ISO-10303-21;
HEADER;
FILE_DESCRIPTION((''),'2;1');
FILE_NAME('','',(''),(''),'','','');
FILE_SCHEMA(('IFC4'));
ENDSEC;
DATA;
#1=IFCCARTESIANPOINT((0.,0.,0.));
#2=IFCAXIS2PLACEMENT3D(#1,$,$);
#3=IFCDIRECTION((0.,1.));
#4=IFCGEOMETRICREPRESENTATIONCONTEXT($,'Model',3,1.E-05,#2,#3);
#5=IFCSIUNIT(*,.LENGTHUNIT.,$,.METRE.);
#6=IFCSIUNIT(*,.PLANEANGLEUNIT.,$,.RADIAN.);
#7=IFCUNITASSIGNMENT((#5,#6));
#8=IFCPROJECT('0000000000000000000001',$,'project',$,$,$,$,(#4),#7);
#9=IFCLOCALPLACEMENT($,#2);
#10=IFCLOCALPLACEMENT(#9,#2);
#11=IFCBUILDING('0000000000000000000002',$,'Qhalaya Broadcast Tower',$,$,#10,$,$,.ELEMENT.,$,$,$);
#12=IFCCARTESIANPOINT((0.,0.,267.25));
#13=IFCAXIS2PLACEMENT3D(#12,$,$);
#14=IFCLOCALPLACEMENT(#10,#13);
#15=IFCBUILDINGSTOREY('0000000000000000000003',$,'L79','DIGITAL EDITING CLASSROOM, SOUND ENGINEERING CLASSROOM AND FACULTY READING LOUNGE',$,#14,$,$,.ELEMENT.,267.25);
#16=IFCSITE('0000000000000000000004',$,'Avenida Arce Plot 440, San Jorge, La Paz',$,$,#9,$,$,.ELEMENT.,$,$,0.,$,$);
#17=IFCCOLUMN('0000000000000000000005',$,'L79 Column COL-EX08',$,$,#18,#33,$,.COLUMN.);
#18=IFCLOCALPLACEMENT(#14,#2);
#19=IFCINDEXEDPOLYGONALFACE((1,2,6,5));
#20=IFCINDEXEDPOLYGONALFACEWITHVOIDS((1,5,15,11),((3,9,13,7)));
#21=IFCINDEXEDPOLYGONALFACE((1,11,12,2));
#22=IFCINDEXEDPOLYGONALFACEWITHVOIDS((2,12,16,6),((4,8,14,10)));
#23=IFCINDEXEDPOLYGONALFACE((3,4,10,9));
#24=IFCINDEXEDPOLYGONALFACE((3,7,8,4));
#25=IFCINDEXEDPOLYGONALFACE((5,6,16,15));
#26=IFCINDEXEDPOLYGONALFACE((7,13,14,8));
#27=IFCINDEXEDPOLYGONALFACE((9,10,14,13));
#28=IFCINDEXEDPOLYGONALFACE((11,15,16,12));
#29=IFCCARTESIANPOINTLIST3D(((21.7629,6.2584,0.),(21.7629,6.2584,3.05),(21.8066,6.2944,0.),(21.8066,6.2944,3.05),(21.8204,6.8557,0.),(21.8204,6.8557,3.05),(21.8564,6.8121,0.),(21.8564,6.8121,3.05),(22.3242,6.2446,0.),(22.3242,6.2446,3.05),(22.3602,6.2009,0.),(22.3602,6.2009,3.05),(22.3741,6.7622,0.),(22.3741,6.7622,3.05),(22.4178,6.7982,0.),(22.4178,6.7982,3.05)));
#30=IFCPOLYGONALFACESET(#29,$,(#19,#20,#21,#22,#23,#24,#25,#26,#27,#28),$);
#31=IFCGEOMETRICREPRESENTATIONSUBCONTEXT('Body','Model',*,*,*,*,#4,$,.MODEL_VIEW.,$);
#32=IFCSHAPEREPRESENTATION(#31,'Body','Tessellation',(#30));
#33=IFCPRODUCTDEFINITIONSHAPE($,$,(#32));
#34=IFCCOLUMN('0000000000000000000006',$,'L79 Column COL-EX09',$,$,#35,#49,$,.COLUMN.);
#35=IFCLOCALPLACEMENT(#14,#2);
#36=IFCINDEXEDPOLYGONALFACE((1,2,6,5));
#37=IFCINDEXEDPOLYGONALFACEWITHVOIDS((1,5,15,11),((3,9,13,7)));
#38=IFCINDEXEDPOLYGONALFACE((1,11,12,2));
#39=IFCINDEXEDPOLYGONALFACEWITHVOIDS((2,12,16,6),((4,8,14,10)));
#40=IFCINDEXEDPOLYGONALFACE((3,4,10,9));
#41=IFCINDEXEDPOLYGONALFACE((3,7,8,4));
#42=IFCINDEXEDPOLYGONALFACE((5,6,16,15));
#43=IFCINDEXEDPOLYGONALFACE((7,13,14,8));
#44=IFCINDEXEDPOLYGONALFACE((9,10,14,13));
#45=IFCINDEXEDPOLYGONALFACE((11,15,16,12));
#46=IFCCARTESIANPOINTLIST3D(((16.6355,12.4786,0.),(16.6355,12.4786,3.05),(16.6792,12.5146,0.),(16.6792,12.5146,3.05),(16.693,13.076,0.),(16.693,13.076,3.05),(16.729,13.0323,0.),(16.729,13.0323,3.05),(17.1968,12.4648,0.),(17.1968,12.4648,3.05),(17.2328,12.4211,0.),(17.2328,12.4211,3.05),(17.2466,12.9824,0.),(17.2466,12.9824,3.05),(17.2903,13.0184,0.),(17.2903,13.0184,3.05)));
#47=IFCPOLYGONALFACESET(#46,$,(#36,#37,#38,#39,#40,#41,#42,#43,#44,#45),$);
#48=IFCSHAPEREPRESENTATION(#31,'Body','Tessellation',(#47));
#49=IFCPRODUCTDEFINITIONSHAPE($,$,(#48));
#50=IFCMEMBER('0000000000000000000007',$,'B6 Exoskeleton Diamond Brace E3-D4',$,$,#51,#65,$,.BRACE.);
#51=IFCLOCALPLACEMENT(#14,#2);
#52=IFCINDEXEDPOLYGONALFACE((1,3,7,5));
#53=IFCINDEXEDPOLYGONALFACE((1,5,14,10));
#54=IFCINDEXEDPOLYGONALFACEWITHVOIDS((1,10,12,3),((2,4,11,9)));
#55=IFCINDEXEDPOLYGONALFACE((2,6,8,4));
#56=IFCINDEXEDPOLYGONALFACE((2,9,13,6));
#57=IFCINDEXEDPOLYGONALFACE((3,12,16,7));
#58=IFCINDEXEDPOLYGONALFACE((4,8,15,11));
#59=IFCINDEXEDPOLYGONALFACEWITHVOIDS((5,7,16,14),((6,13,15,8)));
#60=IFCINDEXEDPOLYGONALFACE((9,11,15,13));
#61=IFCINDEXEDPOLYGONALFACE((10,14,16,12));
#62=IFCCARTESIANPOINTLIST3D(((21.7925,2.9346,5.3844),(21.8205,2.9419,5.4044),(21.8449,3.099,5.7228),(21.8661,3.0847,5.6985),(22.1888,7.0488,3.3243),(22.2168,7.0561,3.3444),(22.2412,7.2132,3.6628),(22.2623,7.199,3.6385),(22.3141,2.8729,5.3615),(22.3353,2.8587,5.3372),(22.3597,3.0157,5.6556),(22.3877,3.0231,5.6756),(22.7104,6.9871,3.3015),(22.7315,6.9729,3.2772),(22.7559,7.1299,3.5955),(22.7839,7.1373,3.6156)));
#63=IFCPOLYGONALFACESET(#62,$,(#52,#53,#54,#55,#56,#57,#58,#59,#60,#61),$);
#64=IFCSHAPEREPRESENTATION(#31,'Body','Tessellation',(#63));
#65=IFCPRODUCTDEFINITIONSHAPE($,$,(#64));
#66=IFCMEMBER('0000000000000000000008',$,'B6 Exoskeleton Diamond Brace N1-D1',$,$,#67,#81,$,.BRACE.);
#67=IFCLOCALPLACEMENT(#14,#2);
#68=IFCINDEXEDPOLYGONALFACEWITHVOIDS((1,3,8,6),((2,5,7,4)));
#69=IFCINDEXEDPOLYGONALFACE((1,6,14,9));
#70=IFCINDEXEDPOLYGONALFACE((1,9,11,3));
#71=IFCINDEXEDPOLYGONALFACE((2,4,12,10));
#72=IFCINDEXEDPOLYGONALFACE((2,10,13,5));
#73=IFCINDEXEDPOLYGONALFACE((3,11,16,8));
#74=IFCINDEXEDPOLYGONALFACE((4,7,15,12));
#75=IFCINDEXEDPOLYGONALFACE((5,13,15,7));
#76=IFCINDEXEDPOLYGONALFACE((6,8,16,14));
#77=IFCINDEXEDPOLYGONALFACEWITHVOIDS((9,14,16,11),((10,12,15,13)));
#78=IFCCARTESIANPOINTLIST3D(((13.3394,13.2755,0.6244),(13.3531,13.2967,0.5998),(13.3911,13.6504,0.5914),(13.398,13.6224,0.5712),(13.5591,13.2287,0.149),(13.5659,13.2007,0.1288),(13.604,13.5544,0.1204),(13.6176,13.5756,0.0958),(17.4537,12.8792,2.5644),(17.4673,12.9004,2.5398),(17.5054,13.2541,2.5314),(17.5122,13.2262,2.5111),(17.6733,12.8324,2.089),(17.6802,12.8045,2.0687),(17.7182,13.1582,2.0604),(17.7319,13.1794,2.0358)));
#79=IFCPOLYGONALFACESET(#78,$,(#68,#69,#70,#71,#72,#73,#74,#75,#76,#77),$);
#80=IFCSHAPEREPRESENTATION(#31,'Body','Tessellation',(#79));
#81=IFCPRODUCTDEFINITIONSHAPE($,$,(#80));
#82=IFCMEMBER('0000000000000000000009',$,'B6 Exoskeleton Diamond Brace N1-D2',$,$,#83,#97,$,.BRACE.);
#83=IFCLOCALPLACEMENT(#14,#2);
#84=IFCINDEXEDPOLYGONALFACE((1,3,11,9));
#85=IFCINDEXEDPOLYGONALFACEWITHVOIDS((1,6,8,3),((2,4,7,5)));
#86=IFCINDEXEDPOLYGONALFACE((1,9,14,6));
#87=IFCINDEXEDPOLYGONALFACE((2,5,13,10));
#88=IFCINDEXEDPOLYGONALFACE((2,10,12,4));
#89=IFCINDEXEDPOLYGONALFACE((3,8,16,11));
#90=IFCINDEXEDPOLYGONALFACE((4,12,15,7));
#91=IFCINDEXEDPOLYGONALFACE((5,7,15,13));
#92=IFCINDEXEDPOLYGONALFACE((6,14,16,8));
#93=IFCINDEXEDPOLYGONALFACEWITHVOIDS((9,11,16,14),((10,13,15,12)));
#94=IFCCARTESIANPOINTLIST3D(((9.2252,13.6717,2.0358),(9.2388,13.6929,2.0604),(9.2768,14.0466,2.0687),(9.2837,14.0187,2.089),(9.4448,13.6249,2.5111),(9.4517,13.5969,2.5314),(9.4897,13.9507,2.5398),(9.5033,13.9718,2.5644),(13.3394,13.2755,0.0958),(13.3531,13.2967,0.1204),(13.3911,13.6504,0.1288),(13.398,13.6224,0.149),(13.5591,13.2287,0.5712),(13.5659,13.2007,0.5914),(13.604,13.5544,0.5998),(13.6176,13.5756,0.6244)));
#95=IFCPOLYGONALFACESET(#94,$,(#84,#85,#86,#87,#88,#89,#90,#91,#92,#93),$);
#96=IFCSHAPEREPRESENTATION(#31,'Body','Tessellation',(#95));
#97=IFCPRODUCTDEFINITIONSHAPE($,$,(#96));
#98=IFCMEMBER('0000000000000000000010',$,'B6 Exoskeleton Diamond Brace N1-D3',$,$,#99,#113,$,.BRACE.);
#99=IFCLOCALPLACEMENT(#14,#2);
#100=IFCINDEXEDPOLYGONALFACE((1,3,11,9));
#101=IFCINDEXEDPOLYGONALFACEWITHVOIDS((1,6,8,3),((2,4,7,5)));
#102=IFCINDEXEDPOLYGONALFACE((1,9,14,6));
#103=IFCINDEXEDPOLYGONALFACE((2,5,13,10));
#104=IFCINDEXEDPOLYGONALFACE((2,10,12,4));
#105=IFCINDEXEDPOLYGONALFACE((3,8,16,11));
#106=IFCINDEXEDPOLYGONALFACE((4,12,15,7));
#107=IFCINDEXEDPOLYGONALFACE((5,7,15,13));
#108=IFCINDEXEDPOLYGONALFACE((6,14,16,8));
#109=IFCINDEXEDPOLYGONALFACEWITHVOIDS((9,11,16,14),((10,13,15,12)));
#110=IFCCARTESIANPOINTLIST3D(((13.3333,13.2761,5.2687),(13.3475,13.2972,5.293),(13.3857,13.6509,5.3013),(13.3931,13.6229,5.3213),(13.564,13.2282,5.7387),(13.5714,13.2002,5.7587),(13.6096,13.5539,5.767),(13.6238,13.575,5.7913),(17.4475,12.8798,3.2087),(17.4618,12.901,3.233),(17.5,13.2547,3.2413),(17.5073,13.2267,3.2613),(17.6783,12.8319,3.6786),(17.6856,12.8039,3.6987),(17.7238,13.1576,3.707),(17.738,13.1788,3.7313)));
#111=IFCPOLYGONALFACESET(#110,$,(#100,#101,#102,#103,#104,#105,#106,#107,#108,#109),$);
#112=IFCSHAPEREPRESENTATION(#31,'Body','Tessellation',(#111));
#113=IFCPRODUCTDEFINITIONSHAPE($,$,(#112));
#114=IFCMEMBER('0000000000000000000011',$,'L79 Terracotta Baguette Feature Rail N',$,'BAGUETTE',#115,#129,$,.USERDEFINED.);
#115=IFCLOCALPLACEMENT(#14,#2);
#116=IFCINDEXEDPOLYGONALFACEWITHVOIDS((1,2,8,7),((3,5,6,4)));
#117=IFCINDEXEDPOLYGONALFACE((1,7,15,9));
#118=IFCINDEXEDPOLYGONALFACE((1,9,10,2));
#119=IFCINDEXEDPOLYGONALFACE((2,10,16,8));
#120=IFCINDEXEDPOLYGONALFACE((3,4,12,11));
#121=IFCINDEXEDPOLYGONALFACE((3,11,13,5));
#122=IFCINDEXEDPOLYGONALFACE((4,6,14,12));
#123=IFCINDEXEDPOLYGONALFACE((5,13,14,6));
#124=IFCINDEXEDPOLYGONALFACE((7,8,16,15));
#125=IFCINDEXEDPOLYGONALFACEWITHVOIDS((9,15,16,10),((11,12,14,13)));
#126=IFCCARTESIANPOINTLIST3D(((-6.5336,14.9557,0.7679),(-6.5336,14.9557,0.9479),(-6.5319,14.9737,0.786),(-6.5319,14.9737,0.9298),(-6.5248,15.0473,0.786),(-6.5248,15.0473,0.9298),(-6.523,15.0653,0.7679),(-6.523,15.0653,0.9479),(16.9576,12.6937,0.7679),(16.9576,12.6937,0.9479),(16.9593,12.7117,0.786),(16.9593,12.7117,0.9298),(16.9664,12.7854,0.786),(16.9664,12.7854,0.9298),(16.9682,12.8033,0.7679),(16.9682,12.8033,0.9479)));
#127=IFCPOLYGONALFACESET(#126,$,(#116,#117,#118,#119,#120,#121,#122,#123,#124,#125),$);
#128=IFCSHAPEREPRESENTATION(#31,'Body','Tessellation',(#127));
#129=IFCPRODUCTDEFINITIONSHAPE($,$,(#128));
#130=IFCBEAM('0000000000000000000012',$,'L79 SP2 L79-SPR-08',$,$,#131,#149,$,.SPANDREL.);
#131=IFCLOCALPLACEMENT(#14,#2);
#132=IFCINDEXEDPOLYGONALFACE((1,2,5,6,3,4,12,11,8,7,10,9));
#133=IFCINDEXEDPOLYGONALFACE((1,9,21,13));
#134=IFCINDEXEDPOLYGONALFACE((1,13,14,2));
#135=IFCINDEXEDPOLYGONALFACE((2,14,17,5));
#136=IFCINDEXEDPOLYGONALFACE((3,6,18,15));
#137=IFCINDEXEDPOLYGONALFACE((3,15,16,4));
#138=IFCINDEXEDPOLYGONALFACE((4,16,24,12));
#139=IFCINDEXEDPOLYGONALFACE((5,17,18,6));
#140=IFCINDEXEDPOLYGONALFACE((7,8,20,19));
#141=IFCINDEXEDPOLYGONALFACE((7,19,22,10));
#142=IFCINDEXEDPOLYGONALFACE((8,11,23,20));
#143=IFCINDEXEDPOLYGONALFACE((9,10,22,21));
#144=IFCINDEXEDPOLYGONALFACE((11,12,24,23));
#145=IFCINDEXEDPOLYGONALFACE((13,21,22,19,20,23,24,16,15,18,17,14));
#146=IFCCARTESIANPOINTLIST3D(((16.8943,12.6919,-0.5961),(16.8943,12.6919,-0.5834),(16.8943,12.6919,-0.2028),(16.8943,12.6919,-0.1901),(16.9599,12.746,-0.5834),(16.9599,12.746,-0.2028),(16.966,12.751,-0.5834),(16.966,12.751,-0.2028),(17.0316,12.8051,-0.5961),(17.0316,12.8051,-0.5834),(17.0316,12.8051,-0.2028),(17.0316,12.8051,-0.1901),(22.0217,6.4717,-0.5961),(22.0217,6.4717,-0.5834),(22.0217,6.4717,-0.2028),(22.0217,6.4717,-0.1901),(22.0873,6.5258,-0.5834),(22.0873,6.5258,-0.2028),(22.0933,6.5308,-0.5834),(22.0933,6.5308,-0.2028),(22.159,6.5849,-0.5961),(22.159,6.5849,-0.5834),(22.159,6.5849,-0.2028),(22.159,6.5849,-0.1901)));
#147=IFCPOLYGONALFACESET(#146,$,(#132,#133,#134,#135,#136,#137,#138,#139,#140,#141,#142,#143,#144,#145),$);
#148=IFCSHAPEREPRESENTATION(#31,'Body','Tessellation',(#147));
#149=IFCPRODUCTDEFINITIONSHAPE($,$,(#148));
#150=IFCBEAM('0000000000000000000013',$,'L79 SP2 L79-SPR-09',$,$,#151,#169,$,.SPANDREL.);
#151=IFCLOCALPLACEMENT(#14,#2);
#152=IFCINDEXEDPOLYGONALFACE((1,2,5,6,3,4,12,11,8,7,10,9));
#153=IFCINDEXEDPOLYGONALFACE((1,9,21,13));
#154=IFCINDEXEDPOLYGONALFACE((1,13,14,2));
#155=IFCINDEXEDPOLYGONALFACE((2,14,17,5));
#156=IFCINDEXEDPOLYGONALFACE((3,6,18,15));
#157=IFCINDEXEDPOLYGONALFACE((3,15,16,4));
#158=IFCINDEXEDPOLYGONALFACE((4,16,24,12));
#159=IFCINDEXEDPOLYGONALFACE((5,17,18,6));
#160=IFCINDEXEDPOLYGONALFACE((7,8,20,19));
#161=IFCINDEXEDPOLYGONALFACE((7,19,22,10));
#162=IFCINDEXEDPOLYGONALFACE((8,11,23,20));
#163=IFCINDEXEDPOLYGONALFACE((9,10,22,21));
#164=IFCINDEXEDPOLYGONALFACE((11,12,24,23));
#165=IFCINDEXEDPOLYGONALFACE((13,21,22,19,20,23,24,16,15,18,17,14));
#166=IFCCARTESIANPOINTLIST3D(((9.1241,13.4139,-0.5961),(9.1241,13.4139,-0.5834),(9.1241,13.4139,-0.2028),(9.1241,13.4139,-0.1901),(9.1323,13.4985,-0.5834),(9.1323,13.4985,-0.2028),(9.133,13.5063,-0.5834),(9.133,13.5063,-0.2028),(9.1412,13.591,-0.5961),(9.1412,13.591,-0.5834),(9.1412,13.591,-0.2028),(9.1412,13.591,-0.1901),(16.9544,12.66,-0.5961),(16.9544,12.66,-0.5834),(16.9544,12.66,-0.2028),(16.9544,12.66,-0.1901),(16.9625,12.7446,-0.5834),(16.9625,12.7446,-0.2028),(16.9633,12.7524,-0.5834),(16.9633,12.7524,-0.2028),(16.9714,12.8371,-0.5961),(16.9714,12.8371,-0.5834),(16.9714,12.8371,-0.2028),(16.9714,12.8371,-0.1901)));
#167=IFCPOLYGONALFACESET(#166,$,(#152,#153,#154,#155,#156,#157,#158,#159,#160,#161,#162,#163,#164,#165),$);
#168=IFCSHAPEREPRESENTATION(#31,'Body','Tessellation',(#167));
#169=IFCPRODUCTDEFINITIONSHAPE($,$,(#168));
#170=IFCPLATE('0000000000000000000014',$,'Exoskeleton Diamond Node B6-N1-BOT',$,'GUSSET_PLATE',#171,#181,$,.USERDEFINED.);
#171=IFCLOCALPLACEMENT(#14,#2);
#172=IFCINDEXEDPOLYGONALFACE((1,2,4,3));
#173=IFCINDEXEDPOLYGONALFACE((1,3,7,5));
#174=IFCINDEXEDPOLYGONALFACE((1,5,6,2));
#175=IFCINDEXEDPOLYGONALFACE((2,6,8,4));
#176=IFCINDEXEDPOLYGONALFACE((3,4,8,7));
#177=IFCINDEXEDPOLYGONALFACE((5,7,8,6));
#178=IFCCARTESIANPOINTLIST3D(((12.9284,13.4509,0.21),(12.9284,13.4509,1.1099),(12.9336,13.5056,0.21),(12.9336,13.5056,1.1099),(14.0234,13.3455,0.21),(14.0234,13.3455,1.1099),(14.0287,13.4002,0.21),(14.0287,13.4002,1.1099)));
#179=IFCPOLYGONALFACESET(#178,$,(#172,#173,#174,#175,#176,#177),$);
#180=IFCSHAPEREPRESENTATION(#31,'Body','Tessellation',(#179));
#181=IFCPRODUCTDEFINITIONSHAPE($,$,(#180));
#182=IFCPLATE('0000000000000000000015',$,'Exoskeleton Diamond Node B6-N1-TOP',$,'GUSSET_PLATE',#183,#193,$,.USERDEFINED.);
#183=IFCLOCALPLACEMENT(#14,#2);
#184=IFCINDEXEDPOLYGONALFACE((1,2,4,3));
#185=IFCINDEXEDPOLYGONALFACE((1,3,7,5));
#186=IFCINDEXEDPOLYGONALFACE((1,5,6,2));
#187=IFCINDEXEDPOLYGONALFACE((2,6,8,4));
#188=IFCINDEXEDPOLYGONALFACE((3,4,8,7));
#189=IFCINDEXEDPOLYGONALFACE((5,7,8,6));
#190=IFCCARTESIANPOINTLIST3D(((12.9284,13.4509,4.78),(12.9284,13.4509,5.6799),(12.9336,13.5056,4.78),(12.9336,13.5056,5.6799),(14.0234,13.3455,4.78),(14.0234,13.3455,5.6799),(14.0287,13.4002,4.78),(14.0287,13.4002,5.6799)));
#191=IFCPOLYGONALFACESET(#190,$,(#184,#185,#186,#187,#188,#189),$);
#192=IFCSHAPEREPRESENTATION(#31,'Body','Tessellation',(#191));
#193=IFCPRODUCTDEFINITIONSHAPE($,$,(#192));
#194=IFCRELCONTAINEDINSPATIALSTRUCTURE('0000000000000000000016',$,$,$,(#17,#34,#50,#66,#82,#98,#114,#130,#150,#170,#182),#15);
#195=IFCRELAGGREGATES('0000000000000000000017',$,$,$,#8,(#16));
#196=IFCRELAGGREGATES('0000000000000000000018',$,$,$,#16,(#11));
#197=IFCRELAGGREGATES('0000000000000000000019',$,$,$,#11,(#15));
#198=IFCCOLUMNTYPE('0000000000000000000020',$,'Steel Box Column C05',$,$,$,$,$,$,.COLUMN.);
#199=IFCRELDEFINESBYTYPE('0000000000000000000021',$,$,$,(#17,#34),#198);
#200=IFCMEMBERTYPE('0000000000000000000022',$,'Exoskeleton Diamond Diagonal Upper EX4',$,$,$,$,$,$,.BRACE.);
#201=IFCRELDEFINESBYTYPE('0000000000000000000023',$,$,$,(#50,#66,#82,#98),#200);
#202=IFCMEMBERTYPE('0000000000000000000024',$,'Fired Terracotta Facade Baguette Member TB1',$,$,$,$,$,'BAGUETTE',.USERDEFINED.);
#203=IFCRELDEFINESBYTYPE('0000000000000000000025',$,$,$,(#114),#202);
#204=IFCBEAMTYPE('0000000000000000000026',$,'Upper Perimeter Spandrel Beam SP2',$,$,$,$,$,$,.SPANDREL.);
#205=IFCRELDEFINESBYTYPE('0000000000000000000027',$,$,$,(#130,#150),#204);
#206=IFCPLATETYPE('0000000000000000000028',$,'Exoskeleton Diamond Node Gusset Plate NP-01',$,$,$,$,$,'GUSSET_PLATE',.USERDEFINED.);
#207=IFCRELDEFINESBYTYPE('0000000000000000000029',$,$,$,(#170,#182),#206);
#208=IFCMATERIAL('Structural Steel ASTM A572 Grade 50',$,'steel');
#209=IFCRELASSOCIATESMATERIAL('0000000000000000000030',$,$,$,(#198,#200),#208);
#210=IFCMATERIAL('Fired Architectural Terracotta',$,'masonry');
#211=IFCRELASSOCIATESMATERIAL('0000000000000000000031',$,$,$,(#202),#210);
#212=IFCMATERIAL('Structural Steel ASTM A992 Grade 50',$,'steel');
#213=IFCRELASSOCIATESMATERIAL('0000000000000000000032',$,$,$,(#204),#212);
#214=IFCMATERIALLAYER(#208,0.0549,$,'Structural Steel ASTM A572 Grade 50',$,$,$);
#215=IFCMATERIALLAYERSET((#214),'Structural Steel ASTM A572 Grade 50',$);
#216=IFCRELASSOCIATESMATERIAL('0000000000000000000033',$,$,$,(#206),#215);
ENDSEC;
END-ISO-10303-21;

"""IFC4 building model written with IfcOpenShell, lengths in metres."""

from ifc_helpers import new_model, si_unit, direction, frame, origin, origin_2d, place, context, subcontext, project, spatial, rectangle, hollow_rectangle, i_section, extrude, material, layer, layer_set, material_profile, profile_set, type_object, element, save


model = new_model("IFC4")

# Units and contexts
model_context = context("Model", 3, precision=1e-05, world=origin(), true_north=direction((0.0, 1.0)))
body_context = subcontext(model_context, "Body", "Model", "MODEL_VIEW")
ifc_project = project(units=[si_unit("LENGTHUNIT", "METRE"), si_unit("PLANEANGLEUNIT", "RADIAN")], contexts=[model_context])

# Site, building, storey
site_placement = place(None, origin())
site = spatial("IfcSite", under=ifc_project, at=site_placement, Name="Avenida Arce Plot 440, San Jorge, La Paz", CompositionType="ELEMENT", RefElevation=0.0)
building_placement = place(site_placement, origin())
building = spatial("IfcBuilding", under=site, at=building_placement, Name="Qhalaya Broadcast Tower", CompositionType="ELEMENT")
storey_placement = place(building_placement, frame((0.0, 0.0, 267.25)))
storey = spatial("IfcBuildingStorey", under=building, at=storey_placement, Name="L79", Description="DIGITAL EDITING CLASSROOM, SOUND ENGINEERING CLASSROOM AND FACULTY READING LOUNGE", CompositionType="ELEMENT", Elevation=267.25)

# Columns
ifc_material_1 = material(Name="Structural Steel ASTM A572 Grade 50", Category="steel")
ifc_material_profile_1 = material_profile(ifc_material_1, hollow_rectangle(XDim=0.6001, YDim=0.6001, WallThickness=0.04, at=origin_2d()), Name="BOX 600x600x40")
ifc_profile_set_1 = profile_set([ifc_material_profile_1], Name="Structural Steel ASTM A572 Grade 50")
column_type = type_object("IfcColumnType", Name="Steel Box Column C05", PredefinedType="COLUMN", material=ifc_profile_set_1)
for number, where, z_axis, x_axis, name in (
    (1, (22.0903, 6.5283, 0.0), (0.0, 0.0, 1.0), (0.095846, 0.995396, 0.0), "L79 Column COL-EX08"),
    (2, (16.9629, 12.7485, 0.0), (0.0, 0.0, 1.0), (0.995396, -0.095846, 0.0), "L79 Column COL-EX09"),
):
    element("IfcColumn", number, at=place(storey_placement, frame(where, z_axis=z_axis, x_axis=x_axis)), inside=storey, type_object=column_type, Name=name, PredefinedType="COLUMN", context=body_context, shape_type="SweptSolid", body=[
        extrude(hollow_rectangle(XDim=0.6001, YDim=0.6001, WallThickness=0.04, at=origin_2d()), origin(), (0.0, 0.0, 1.0), 3.05),
    ])

# Members
ifc_material_profile_2 = material_profile(ifc_material_1, hollow_rectangle(XDim=0.3799, YDim=0.55, WallThickness=0.0249, at=origin_2d()), Name="BOX 380x550x25")
ifc_profile_set_2 = profile_set([ifc_material_profile_2], Name="Structural Steel ASTM A572 Grade 50")
member_type_1 = type_object("IfcMemberType", Name="Exoskeleton Diamond Diagonal Upper EX4", PredefinedType="BRACE", material=ifc_profile_set_2)
member_1_placement = place(storey_placement, frame((22.4863, 7.093, 3.47), z_axis=(-0.085799, -0.890875, 0.446072), x_axis=(0.13797, 0.432785, 0.890877)))
element("IfcMember", 3, at=member_1_placement, inside=storey, type_object=member_type_1, Name="B6 Exoskeleton Diamond Brace E3-D4", PredefinedType="BRACE", context=body_context, shape_type="SweptSolid", body=[
    extrude(hollow_rectangle(XDim=0.3799, YDim=0.55, WallThickness=0.0249, at=origin_2d()), origin(), (0.0, 0.0, 1.0), 4.6182),
])
for number, where, z_axis, x_axis, name in (
    (4, (13.4785, 13.4255, 0.3601), (0.901082, -0.086782, 0.424875), (0.135959, 0.986908, -0.086765), "B6 Exoskeleton Diamond Brace N1-D1"),
    (5, (13.4785, 13.4255, 0.3601), (-0.901082, 0.086782, 0.424875), (-0.135959, -0.986908, -0.086765), "B6 Exoskeleton Diamond Brace N1-D2"),
):
    element("IfcMember", number, at=place(storey_placement, frame(where, z_axis=z_axis, x_axis=x_axis)), inside=storey, type_object=member_type_1, Name=name, PredefinedType="BRACE", context=body_context, shape_type="SweptSolid", body=[
        extrude(hollow_rectangle(XDim=0.3799, YDim=0.55, WallThickness=0.0249, at=origin_2d()), origin(), (0.0, 0.0, 1.0), 4.5659),
    ])
member_2_placement = place(storey_placement, frame((17.5928, 13.0293, 3.47), z_axis=(-0.890875, 0.085799, 0.446072), x_axis=(-0.137981, -0.986713, -0.085782)))
element("IfcMember", 6, at=member_2_placement, inside=storey, type_object=member_type_1, Name="B6 Exoskeleton Diamond Brace N1-D3", PredefinedType="BRACE", context=body_context, shape_type="SweptSolid", body=[
    extrude(hollow_rectangle(XDim=0.3799, YDim=0.55, WallThickness=0.0249, at=origin_2d()), origin(), (0.0, 0.0, 1.0), 4.6182),
])
ifc_material_2 = material(Name="Fired Architectural Terracotta", Category="masonry")
ifc_material_profile_3 = material_profile(ifc_material_2, hollow_rectangle(XDim=0.1101, YDim=0.1799, WallThickness=0.0181, at=origin_2d()), Name="TB-BAG 110x180x18")
ifc_profile_set_3 = profile_set([ifc_material_profile_3], Name="Fired Architectural Terracotta")
member_type_2 = type_object("IfcMemberType", Name="Fired Terracotta Facade Baguette Member TB1", ElementType="BAGUETTE", PredefinedType="USERDEFINED", material=ifc_profile_set_3)
member_3_placement = place(storey_placement, frame((16.9629, 12.7485, 0.8579), z_axis=(-0.995396, 0.095846, 0.0), x_axis=(-0.095846, -0.995396, 0.0)))
element("IfcMember", 7, at=member_3_placement, inside=storey, type_object=member_type_2, Name="L79 Terracotta Baguette Feature Rail N", ObjectType="BAGUETTE", PredefinedType="USERDEFINED", context=body_context, shape_type="SweptSolid", body=[
    extrude(hollow_rectangle(XDim=0.1101, YDim=0.1799, WallThickness=0.0181, at=origin_2d()), origin(), (0.0, 0.0, 1.0), 23.5999),
])

# Beams
ifc_material_3 = material(Name="Structural Steel ASTM A992 Grade 50", Category="steel")
ifc_material_profile_4 = material_profile(ifc_material_3, i_section(OverallWidth=0.178, OverallDepth=0.406, WebThickness=0.0078, FlangeThickness=0.0127, at=origin_2d()), Name="W16X40")
ifc_profile_set_4 = profile_set([ifc_material_profile_4], Name="Structural Steel ASTM A992 Grade 50")
beam_type = type_object("IfcBeamType", Name="Upper Perimeter Spandrel Beam SP2", PredefinedType="SPANDREL", material=ifc_profile_set_4)
beam_1_placement = place(storey_placement, frame((22.0903, 6.5283, -0.3931), z_axis=(-0.63607, 0.771631, 0.0), x_axis=(-0.771631, -0.63607, 0.0)))
element("IfcBeam", 8, at=beam_1_placement, inside=storey, type_object=beam_type, Name="L79 SP2 L79-SPR-08", PredefinedType="SPANDREL", context=body_context, shape_type="SweptSolid", body=[
    extrude(i_section(OverallWidth=0.178, OverallDepth=0.406, WebThickness=0.0078, FlangeThickness=0.0127, at=origin_2d()), origin(), (0.0, 0.0, 1.0), 8.061),
])
beam_2_placement = place(storey_placement, frame((16.9629, 12.7485, -0.3931), z_axis=(-0.995397, 0.095837, 0.0), x_axis=(-0.095837, -0.995397, 0.0)))
element("IfcBeam", 9, at=beam_2_placement, inside=storey, type_object=beam_type, Name="L79 SP2 L79-SPR-09", PredefinedType="SPANDREL", context=body_context, shape_type="SweptSolid", body=[
    extrude(i_section(OverallWidth=0.178, OverallDepth=0.406, WebThickness=0.0078, FlangeThickness=0.0127, at=origin_2d()), origin(), (0.0, 0.0, 1.0), 7.8665),
])

# Plates
ifc_layer_1 = layer(ifc_material_1, 0.0549, Name="Structural Steel ASTM A572 Grade 50")
ifc_layer_set_1 = layer_set([ifc_layer_1], Name="Structural Steel ASTM A572 Grade 50")
plate_type_1 = type_object("IfcPlateType", Name="Exoskeleton Diamond Node Gusset Plate NP-01", ElementType="GUSSET_PLATE", PredefinedType="USERDEFINED", material=ifc_layer_set_1)
for number, where, z_axis, x_axis, name in (
    (10, (13.4785, 13.4255, 0.21), (0.0, 0.0, 1.0), (0.995396, -0.095846, 0.0), "Exoskeleton Diamond Node B6-N1-BOT"),
    (11, (13.4785, 13.4255, 4.78), (0.0, 0.0, 1.0), (0.995396, -0.095846, 0.0), "Exoskeleton Diamond Node B6-N1-TOP"),
):
    element("IfcPlate", number, at=place(storey_placement, frame(where, z_axis=z_axis, x_axis=x_axis)), inside=storey, type_object=plate_type_1, Name=name, ObjectType="GUSSET_PLATE", PredefinedType="USERDEFINED", context=body_context, shape_type="SweptSolid", body=[
        extrude(rectangle(XDim=1.1001, YDim=0.0549, at=origin_2d()), origin(), (0.0, 0.0, 1.0), 0.8999),
    ])

save(model, "model.ifc")
